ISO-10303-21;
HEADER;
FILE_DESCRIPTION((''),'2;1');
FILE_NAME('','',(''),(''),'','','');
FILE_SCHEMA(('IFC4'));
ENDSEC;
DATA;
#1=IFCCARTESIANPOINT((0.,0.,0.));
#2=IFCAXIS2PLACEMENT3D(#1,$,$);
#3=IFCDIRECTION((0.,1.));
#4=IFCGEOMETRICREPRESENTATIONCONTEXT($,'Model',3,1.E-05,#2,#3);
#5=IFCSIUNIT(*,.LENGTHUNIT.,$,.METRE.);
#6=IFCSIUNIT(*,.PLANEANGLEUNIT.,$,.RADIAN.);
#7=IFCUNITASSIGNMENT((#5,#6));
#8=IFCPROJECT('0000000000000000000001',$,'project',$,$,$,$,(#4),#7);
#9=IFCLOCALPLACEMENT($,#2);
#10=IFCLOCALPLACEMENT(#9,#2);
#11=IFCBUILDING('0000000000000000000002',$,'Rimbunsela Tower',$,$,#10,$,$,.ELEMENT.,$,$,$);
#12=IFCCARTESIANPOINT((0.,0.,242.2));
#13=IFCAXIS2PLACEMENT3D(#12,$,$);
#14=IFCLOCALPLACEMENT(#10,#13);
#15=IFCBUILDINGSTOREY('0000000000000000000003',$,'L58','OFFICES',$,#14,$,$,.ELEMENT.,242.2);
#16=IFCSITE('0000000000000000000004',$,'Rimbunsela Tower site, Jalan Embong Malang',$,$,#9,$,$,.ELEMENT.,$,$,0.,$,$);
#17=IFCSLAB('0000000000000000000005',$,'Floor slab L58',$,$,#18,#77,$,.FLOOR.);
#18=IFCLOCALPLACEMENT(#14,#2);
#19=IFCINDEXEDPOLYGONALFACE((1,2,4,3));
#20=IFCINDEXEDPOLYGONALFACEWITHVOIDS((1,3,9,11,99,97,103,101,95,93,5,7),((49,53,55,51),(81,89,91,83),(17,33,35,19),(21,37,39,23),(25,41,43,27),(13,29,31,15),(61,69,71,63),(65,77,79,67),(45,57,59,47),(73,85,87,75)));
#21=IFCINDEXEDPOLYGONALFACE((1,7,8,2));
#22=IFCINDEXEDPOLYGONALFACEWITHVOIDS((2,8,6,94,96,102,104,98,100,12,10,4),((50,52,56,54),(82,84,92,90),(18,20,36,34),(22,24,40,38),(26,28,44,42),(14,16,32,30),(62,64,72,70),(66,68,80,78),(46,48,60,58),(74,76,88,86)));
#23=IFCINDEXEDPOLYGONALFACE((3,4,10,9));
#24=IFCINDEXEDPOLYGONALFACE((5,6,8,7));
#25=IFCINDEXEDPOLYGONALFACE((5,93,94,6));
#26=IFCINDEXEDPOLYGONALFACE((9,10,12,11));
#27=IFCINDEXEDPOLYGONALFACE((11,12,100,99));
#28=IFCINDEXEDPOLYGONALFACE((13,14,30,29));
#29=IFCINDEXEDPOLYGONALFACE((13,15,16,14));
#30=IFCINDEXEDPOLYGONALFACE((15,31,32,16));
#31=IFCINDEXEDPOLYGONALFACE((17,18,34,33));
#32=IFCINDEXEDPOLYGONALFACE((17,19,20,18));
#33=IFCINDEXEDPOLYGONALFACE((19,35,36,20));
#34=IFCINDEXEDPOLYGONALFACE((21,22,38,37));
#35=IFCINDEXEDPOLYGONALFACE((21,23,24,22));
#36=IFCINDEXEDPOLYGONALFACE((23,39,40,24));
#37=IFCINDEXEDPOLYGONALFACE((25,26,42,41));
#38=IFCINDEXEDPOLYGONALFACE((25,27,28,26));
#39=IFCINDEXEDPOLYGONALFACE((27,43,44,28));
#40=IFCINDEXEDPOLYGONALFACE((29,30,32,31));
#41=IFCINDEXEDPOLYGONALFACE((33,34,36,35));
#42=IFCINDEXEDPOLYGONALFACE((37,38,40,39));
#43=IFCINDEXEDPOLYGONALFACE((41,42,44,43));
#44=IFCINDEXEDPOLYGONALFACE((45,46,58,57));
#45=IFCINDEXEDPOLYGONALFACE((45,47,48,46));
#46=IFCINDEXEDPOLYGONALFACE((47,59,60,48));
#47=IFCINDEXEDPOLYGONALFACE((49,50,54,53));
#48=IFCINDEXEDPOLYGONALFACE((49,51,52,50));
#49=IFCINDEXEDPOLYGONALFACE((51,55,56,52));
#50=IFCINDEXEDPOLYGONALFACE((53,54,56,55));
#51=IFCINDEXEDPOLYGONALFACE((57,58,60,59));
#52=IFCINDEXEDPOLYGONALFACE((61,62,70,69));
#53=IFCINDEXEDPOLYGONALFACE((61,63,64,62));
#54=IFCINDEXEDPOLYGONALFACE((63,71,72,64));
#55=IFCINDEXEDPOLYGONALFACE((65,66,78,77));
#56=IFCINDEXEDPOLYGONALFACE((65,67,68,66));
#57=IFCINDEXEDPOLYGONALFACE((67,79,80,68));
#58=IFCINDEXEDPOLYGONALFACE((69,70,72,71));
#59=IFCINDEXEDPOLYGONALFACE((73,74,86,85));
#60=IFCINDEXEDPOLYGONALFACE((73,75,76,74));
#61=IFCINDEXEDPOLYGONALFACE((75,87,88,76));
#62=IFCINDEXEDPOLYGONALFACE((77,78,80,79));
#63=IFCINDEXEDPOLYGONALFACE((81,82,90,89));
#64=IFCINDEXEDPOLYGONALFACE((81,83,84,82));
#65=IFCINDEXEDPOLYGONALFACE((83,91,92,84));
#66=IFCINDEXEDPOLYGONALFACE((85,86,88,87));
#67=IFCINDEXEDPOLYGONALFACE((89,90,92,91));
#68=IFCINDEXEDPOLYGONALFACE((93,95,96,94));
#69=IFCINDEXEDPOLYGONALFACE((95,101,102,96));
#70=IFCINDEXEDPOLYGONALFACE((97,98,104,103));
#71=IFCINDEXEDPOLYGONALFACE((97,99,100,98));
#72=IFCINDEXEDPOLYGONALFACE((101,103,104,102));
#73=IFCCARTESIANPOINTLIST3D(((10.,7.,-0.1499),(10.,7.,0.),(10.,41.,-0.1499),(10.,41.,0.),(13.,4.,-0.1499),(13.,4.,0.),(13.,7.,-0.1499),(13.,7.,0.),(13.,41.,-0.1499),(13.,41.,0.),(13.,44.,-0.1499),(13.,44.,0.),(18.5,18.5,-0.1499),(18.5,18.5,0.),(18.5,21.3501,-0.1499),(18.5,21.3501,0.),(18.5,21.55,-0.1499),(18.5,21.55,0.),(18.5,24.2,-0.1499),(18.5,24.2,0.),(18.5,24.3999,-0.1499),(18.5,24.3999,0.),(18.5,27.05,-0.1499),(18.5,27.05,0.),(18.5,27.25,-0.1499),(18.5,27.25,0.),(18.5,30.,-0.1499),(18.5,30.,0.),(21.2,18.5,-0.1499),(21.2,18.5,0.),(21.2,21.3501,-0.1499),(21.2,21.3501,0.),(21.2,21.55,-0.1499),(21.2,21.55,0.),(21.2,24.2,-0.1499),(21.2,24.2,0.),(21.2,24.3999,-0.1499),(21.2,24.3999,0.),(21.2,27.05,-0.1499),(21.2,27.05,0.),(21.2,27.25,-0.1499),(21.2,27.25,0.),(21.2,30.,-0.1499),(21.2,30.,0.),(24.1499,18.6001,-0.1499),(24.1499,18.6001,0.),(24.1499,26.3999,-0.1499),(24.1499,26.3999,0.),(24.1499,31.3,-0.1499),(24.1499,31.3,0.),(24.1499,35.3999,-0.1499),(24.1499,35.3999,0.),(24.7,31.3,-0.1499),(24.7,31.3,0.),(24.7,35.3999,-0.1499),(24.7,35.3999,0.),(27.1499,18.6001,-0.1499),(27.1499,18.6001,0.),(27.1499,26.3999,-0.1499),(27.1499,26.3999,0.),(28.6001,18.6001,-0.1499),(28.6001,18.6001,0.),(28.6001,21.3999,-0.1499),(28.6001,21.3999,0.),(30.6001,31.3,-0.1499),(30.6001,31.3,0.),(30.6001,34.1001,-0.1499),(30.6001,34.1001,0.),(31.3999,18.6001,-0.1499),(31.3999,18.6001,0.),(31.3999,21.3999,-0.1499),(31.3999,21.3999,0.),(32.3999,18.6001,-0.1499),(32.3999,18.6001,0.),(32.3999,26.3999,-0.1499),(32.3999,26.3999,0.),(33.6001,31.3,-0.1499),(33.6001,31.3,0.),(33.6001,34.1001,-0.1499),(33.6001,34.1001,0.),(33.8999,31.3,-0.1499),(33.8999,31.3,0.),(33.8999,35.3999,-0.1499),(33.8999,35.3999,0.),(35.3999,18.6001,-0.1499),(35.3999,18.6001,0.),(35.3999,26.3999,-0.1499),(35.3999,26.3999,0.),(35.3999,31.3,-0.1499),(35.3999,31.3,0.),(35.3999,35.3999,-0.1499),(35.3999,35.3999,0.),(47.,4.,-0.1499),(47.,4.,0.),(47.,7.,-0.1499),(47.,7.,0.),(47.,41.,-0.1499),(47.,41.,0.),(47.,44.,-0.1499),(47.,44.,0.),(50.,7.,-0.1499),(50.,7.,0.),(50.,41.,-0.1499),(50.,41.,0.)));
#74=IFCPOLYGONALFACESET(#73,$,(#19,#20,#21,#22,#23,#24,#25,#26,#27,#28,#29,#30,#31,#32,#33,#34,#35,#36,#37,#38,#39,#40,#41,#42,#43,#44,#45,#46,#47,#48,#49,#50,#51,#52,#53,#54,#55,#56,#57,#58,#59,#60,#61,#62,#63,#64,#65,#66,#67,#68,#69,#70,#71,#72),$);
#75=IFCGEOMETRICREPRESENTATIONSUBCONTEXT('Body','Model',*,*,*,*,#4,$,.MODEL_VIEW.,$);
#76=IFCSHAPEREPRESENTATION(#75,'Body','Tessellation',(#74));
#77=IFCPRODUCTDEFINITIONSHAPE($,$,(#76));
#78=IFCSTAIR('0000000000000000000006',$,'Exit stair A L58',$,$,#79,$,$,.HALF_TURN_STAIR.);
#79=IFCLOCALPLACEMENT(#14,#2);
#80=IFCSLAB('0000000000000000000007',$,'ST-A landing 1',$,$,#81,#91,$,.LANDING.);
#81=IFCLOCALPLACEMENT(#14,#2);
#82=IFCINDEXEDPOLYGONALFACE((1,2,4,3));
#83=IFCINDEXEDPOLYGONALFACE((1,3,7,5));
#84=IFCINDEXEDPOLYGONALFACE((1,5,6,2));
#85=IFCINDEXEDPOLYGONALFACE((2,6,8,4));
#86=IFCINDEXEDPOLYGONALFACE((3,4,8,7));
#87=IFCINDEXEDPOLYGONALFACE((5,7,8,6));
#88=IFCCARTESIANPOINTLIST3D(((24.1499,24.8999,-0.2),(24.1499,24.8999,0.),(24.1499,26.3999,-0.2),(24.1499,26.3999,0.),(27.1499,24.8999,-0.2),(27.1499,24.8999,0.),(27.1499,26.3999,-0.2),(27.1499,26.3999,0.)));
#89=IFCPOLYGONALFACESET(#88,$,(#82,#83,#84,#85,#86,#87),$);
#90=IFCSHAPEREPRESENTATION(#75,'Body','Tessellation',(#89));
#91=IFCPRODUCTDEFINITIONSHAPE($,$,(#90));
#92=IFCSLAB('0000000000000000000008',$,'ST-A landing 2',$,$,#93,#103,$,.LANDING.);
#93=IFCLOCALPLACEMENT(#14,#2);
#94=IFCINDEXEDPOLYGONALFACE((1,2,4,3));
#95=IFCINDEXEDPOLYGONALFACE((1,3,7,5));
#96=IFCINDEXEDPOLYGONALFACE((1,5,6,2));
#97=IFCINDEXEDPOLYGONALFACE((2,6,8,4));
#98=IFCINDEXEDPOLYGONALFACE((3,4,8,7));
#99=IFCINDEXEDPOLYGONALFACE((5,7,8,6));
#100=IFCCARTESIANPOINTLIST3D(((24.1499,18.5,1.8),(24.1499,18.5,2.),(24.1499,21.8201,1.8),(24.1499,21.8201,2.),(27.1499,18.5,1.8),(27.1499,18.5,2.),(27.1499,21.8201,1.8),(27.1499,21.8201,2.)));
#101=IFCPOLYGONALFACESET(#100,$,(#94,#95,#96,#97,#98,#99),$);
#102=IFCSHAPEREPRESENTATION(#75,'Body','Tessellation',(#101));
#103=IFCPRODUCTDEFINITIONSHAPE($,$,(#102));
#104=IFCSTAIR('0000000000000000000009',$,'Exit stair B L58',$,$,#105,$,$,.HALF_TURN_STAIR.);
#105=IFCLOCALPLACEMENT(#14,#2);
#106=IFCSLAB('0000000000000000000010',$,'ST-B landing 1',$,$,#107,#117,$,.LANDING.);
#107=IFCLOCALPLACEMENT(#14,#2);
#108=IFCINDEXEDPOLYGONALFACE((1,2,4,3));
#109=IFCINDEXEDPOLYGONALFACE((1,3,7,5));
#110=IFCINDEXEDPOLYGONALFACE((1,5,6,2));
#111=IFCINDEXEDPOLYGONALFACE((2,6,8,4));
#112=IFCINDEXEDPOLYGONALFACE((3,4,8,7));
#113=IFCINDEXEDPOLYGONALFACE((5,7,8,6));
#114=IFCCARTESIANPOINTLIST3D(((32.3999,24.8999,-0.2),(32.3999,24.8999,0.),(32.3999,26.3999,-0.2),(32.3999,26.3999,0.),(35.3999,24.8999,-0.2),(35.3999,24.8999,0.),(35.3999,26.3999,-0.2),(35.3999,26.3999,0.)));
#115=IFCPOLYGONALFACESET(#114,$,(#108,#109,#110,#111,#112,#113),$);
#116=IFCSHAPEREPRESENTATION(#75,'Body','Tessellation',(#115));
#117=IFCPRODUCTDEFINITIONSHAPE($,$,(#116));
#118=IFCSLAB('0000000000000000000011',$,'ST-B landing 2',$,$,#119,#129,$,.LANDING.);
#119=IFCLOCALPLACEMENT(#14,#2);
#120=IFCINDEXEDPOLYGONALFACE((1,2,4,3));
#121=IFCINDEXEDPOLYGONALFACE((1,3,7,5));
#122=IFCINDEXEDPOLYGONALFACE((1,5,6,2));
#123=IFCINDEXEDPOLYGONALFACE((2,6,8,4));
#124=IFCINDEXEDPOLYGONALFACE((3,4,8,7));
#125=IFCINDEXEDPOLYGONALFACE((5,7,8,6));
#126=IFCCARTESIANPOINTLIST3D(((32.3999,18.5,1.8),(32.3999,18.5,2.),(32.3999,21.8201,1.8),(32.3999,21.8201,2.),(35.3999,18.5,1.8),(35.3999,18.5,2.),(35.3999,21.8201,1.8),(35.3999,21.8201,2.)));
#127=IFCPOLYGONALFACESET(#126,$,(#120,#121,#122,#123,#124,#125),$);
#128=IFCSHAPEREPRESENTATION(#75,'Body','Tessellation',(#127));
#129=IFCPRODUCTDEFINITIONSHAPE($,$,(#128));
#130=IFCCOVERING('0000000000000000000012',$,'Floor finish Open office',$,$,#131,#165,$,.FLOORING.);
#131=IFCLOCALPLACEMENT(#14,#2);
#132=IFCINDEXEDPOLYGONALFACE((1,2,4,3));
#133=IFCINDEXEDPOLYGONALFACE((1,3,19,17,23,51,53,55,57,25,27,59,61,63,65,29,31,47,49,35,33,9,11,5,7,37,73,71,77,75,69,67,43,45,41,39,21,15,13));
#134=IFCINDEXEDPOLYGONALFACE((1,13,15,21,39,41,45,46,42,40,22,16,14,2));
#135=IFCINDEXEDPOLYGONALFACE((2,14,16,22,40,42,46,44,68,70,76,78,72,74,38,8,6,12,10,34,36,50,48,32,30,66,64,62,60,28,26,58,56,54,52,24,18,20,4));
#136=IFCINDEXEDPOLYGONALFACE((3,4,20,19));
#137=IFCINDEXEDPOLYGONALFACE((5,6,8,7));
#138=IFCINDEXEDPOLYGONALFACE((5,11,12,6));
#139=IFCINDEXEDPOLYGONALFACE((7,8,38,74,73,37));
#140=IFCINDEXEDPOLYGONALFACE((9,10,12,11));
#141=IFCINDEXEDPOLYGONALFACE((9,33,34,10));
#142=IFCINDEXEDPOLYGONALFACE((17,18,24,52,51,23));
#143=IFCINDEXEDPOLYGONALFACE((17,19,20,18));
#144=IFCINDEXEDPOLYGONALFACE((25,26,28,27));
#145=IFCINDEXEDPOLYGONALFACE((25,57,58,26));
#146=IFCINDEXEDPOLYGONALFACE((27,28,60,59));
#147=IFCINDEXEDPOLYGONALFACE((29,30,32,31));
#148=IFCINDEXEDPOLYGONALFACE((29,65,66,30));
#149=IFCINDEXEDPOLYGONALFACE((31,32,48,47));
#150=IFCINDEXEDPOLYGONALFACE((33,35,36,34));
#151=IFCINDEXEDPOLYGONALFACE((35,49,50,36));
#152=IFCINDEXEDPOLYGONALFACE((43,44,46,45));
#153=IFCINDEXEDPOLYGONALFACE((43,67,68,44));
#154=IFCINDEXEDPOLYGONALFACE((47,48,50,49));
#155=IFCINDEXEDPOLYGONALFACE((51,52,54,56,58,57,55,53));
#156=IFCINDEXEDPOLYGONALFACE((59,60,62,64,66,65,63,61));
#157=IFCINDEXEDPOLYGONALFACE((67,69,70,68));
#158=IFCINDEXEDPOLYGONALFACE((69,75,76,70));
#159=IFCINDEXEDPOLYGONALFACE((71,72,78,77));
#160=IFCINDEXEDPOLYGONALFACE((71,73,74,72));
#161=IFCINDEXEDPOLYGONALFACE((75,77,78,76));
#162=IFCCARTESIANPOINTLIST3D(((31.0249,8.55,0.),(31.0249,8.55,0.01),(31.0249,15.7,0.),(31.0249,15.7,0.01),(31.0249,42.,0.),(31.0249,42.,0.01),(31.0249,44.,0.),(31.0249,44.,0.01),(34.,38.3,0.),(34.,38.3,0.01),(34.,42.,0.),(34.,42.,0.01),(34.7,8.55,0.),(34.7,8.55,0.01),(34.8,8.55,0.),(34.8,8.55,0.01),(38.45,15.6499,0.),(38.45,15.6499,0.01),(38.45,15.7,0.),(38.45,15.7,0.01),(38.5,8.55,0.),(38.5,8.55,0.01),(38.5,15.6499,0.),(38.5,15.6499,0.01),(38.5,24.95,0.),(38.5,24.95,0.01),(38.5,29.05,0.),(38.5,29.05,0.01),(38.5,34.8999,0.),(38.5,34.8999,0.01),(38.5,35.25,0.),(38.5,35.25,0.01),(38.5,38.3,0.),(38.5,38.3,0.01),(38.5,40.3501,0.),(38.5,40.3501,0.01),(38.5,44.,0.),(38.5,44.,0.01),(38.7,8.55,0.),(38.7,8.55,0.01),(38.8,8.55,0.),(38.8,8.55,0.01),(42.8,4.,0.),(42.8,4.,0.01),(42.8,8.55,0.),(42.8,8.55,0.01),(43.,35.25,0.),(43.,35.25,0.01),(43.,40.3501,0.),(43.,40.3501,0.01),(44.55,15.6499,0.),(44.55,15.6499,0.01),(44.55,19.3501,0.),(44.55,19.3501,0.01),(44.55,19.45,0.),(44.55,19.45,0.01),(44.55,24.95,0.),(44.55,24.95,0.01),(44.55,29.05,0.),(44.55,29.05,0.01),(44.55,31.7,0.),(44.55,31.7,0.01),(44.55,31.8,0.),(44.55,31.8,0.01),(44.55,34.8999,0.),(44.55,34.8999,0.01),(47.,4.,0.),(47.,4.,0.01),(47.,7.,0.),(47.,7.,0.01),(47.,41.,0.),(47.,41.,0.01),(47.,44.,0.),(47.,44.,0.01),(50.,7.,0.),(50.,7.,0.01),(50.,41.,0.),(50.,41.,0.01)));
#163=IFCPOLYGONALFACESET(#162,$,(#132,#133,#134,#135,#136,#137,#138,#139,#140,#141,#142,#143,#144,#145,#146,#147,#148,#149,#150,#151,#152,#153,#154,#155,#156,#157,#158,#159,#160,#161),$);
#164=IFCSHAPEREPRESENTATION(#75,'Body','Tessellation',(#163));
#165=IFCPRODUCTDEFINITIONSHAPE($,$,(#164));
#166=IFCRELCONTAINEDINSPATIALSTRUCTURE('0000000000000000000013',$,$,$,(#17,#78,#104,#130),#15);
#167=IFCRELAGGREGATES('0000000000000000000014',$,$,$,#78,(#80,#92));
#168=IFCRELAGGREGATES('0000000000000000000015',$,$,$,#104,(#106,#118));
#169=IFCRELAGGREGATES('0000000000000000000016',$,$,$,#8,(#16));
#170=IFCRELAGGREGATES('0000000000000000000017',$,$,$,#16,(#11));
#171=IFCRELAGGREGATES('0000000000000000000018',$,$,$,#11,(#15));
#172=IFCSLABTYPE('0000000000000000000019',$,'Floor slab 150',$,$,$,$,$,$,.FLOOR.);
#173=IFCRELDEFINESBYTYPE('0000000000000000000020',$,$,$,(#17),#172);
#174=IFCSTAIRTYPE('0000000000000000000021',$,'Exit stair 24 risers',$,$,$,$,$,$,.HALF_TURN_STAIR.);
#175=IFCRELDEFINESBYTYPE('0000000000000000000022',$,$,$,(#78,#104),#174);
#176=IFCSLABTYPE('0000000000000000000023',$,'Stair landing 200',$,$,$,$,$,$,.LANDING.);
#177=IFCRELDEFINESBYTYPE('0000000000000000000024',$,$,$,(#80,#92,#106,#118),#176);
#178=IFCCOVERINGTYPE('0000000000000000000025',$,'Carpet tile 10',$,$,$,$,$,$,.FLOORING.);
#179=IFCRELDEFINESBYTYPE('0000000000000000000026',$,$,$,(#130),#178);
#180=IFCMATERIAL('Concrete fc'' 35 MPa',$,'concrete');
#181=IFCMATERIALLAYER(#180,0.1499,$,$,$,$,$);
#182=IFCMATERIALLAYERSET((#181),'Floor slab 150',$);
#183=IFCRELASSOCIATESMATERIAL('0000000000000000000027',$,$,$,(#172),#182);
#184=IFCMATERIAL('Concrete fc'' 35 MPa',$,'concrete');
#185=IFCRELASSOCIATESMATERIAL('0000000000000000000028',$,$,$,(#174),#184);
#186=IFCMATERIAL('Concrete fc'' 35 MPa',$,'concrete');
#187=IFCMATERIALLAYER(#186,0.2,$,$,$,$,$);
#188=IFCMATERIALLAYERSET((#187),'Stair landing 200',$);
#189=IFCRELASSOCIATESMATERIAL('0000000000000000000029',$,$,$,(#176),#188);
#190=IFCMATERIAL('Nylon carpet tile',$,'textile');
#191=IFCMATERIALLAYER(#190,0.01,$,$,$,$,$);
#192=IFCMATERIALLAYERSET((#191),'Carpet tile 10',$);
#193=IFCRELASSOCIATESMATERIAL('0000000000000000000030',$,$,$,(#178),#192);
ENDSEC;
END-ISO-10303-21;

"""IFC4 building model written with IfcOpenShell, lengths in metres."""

from ifc_helpers import new_model, si_unit, direction, frame, origin, place, context, subcontext, project, spatial, polyline, outline, extrude, material, layer, layer_set, type_object, element, aggregate, save


model = new_model("IFC4")

# Units and contexts
model_context = context("Model", 3, precision=1e-05, world=origin(), true_north=direction((0.0, 1.0)))
body_context = subcontext(model_context, "Body", "Model", "MODEL_VIEW")
ifc_project = project(units=[si_unit("LENGTHUNIT", "METRE"), si_unit("PLANEANGLEUNIT", "RADIAN")], contexts=[model_context])

# Site, building, storey
site_placement = place(None, origin())
site = spatial("IfcSite", under=ifc_project, at=site_placement, Name="Rimbunsela Tower site, Jalan Embong Malang", CompositionType="ELEMENT", RefElevation=0.0)
building_placement = place(site_placement, origin())
building = spatial("IfcBuilding", under=site, at=building_placement, Name="Rimbunsela Tower", CompositionType="ELEMENT")
storey_placement = place(building_placement, frame((0.0, 0.0, 242.2)))
storey = spatial("IfcBuildingStorey", under=building, at=storey_placement, Name="L58", Description="OFFICES", CompositionType="ELEMENT", Elevation=242.2)

# Slab
ifc_material_1 = material(Name="Concrete fc' 35 MPa", Category="concrete")
ifc_layer_1 = layer(ifc_material_1, 0.1499)
ifc_layer_set_1 = layer_set([ifc_layer_1], Name="Floor slab 150")
slab_type_1 = type_object("IfcSlabType", Name="Floor slab 150", PredefinedType="FLOOR", material=ifc_layer_set_1)
slab_1_placement = place(storey_placement, frame((0.0, 0.0, -0.1499)))
element("IfcSlab", 1, at=slab_1_placement, inside=storey, type_object=slab_type_1, Name="Floor slab L58", PredefinedType="FLOOR", context=body_context, shape_type="SweptSolid", body=[
    extrude(outline(polyline([(13.0, 4.0), (47.0, 4.0), (47.0, 7.0), (50.0, 7.0), (50.0, 41.0), (47.0, 41.0), (47.0, 44.0), (13.0, 44.0), (13.0, 41.0), (10.0, 41.0), (10.0, 7.0), (13.0, 7.0), (13.0, 4.0)]), holes=[polyline([(21.2, 21.3501), (18.5, 21.3501), (18.5, 18.5), (21.2, 18.5), (21.2, 21.3501)]), polyline([(21.2, 21.55), (21.2, 24.2), (18.5, 24.2), (18.5, 21.55), (21.2, 21.55)]), polyline([(21.2, 27.05), (18.5, 27.05), (18.5, 24.3999), (21.2, 24.3999), (21.2, 27.05)]), polyline([(21.2, 30.0), (18.5, 30.0), (18.5, 27.25), (21.2, 27.25), (21.2, 30.0)]), polyline([(27.1499, 26.3999), (24.1499, 26.3999), (24.1499, 18.6001), (27.1499, 18.6001), (27.1499, 26.3999)]), polyline([(24.7, 31.3), (24.7, 35.3999), (24.1499, 35.3999), (24.1499, 31.3), (24.7, 31.3)]), polyline([(31.3999, 21.3999), (28.6001, 21.3999), (28.6001, 18.6001), (31.3999, 18.6001), (31.3999, 21.3999)]), polyline([(33.6001, 34.1001), (30.6001, 34.1001), (30.6001, 31.3), (33.6001, 31.3), (33.6001, 34.1001)]), polyline([(35.3999, 18.6001), (35.3999, 26.3999), (32.3999, 26.3999), (32.3999, 18.6001), (35.3999, 18.6001)]), polyline([(35.3999, 31.3), (35.3999, 35.3999), (33.8999, 35.3999), (33.8999, 31.3), (35.3999, 31.3)])]), origin(), (0.0, 0.0, 1.0), 0.1499),
])

# Stairs, slabs
ifc_material_2 = material(Name="Concrete fc' 35 MPa", Category="concrete")
stair_type = type_object("IfcStairType", Name="Exit stair 24 risers", PredefinedType="HALF_TURN_STAIR", material=ifc_material_2)
stair_1_placement = place(storey_placement, origin())
stair_1 = element("IfcStair", 2, at=stair_1_placement, inside=storey, type_object=stair_type, Name="Exit stair A L58", PredefinedType="HALF_TURN_STAIR")
ifc_material_3 = material(Name="Concrete fc' 35 MPa", Category="concrete")
ifc_layer_2 = layer(ifc_material_3, 0.2)
ifc_layer_set_2 = layer_set([ifc_layer_2], Name="Stair landing 200")
slab_type_2 = type_object("IfcSlabType", Name="Stair landing 200", PredefinedType="LANDING", material=ifc_layer_set_2)
slab_2_placement = place(storey_placement, frame((0.0, 0.0, -0.2)))
slab_2 = element("IfcSlab", 3, at=slab_2_placement, type_object=slab_type_2, Name="ST-A landing 1", PredefinedType="LANDING", context=body_context, shape_type="SweptSolid", body=[
    extrude(outline(polyline([(24.1499, 24.8999), (27.1499, 24.8999), (27.1499, 26.3999), (24.1499, 26.3999), (24.1499, 24.8999)])), origin(), (0.0, 0.0, 1.0), 0.2),
])
slab_3_placement = place(storey_placement, frame((0.0, 0.0, 1.8)))
slab_3 = element("IfcSlab", 4, at=slab_3_placement, type_object=slab_type_2, Name="ST-A landing 2", PredefinedType="LANDING", context=body_context, shape_type="SweptSolid", body=[
    extrude(outline(polyline([(24.1499, 18.5), (27.1499, 18.5), (27.1499, 21.8201), (24.1499, 21.8201), (24.1499, 18.5)])), origin(), (0.0, 0.0, 1.0), 0.2),
])
aggregate(stair_1, [slab_2, slab_3])
stair_2_placement = place(storey_placement, origin())
stair_2 = element("IfcStair", 5, at=stair_2_placement, inside=storey, type_object=stair_type, Name="Exit stair B L58", PredefinedType="HALF_TURN_STAIR")
slab_4_placement = place(storey_placement, frame((0.0, 0.0, -0.2)))
slab_4 = element("IfcSlab", 6, at=slab_4_placement, type_object=slab_type_2, Name="ST-B landing 1", PredefinedType="LANDING", context=body_context, shape_type="SweptSolid", body=[
    extrude(outline(polyline([(32.3999, 24.8999), (35.3999, 24.8999), (35.3999, 26.3999), (32.3999, 26.3999), (32.3999, 24.8999)])), origin(), (0.0, 0.0, 1.0), 0.2),
])
slab_5_placement = place(storey_placement, frame((0.0, 0.0, 1.8)))
slab_5 = element("IfcSlab", 7, at=slab_5_placement, type_object=slab_type_2, Name="ST-B landing 2", PredefinedType="LANDING", context=body_context, shape_type="SweptSolid", body=[
    extrude(outline(polyline([(32.3999, 18.5), (35.3999, 18.5), (35.3999, 21.8201), (32.3999, 21.8201), (32.3999, 18.5)])), origin(), (0.0, 0.0, 1.0), 0.2),
])
aggregate(stair_2, [slab_4, slab_5])

# Covering
ifc_material_4 = material(Name="Nylon carpet tile", Category="textile")
ifc_layer_3 = layer(ifc_material_4, 0.01)
ifc_layer_set_3 = layer_set([ifc_layer_3], Name="Carpet tile 10")
covering_type_1 = type_object("IfcCoveringType", Name="Carpet tile 10", PredefinedType="FLOORING", material=ifc_layer_set_3)
covering_1_placement = place(storey_placement, origin())
element("IfcCovering", 8, at=covering_1_placement, inside=storey, type_object=covering_type_1, Name="Floor finish Open office", PredefinedType="FLOORING", context=body_context, shape_type="SweptSolid", body=[
    extrude(outline(polyline([(31.0249, 44.0), (38.5, 44.0), (47.0, 44.0), (47.0, 41.0), (50.0, 41.0), (50.0, 7.0), (47.0, 7.0), (47.0, 4.0), (42.8, 4.0), (42.8, 8.55), (38.8, 8.55), (38.7, 8.55), (38.5, 8.55), (34.8, 8.55), (34.7, 8.55), (31.0249, 8.55), (31.0249, 15.7), (38.45, 15.7), (38.45, 15.6499), (38.5, 15.6499), (44.55, 15.6499), (44.55, 19.3501), (44.55, 19.45), (44.55, 24.95), (38.5, 24.95), (38.5, 29.05), (44.55, 29.05), (44.55, 31.7), (44.55, 31.8), (44.55, 34.8999), (38.5, 34.8999), (38.5, 35.25), (43.0, 35.25), (43.0, 40.3501), (38.5, 40.3501), (38.5, 38.3), (34.0, 38.3), (34.0, 42.0), (31.0249, 42.0), (31.0249, 44.0)])), origin(), (0.0, 0.0, 1.0), 0.01),
])

save(model, "model.ifc")
